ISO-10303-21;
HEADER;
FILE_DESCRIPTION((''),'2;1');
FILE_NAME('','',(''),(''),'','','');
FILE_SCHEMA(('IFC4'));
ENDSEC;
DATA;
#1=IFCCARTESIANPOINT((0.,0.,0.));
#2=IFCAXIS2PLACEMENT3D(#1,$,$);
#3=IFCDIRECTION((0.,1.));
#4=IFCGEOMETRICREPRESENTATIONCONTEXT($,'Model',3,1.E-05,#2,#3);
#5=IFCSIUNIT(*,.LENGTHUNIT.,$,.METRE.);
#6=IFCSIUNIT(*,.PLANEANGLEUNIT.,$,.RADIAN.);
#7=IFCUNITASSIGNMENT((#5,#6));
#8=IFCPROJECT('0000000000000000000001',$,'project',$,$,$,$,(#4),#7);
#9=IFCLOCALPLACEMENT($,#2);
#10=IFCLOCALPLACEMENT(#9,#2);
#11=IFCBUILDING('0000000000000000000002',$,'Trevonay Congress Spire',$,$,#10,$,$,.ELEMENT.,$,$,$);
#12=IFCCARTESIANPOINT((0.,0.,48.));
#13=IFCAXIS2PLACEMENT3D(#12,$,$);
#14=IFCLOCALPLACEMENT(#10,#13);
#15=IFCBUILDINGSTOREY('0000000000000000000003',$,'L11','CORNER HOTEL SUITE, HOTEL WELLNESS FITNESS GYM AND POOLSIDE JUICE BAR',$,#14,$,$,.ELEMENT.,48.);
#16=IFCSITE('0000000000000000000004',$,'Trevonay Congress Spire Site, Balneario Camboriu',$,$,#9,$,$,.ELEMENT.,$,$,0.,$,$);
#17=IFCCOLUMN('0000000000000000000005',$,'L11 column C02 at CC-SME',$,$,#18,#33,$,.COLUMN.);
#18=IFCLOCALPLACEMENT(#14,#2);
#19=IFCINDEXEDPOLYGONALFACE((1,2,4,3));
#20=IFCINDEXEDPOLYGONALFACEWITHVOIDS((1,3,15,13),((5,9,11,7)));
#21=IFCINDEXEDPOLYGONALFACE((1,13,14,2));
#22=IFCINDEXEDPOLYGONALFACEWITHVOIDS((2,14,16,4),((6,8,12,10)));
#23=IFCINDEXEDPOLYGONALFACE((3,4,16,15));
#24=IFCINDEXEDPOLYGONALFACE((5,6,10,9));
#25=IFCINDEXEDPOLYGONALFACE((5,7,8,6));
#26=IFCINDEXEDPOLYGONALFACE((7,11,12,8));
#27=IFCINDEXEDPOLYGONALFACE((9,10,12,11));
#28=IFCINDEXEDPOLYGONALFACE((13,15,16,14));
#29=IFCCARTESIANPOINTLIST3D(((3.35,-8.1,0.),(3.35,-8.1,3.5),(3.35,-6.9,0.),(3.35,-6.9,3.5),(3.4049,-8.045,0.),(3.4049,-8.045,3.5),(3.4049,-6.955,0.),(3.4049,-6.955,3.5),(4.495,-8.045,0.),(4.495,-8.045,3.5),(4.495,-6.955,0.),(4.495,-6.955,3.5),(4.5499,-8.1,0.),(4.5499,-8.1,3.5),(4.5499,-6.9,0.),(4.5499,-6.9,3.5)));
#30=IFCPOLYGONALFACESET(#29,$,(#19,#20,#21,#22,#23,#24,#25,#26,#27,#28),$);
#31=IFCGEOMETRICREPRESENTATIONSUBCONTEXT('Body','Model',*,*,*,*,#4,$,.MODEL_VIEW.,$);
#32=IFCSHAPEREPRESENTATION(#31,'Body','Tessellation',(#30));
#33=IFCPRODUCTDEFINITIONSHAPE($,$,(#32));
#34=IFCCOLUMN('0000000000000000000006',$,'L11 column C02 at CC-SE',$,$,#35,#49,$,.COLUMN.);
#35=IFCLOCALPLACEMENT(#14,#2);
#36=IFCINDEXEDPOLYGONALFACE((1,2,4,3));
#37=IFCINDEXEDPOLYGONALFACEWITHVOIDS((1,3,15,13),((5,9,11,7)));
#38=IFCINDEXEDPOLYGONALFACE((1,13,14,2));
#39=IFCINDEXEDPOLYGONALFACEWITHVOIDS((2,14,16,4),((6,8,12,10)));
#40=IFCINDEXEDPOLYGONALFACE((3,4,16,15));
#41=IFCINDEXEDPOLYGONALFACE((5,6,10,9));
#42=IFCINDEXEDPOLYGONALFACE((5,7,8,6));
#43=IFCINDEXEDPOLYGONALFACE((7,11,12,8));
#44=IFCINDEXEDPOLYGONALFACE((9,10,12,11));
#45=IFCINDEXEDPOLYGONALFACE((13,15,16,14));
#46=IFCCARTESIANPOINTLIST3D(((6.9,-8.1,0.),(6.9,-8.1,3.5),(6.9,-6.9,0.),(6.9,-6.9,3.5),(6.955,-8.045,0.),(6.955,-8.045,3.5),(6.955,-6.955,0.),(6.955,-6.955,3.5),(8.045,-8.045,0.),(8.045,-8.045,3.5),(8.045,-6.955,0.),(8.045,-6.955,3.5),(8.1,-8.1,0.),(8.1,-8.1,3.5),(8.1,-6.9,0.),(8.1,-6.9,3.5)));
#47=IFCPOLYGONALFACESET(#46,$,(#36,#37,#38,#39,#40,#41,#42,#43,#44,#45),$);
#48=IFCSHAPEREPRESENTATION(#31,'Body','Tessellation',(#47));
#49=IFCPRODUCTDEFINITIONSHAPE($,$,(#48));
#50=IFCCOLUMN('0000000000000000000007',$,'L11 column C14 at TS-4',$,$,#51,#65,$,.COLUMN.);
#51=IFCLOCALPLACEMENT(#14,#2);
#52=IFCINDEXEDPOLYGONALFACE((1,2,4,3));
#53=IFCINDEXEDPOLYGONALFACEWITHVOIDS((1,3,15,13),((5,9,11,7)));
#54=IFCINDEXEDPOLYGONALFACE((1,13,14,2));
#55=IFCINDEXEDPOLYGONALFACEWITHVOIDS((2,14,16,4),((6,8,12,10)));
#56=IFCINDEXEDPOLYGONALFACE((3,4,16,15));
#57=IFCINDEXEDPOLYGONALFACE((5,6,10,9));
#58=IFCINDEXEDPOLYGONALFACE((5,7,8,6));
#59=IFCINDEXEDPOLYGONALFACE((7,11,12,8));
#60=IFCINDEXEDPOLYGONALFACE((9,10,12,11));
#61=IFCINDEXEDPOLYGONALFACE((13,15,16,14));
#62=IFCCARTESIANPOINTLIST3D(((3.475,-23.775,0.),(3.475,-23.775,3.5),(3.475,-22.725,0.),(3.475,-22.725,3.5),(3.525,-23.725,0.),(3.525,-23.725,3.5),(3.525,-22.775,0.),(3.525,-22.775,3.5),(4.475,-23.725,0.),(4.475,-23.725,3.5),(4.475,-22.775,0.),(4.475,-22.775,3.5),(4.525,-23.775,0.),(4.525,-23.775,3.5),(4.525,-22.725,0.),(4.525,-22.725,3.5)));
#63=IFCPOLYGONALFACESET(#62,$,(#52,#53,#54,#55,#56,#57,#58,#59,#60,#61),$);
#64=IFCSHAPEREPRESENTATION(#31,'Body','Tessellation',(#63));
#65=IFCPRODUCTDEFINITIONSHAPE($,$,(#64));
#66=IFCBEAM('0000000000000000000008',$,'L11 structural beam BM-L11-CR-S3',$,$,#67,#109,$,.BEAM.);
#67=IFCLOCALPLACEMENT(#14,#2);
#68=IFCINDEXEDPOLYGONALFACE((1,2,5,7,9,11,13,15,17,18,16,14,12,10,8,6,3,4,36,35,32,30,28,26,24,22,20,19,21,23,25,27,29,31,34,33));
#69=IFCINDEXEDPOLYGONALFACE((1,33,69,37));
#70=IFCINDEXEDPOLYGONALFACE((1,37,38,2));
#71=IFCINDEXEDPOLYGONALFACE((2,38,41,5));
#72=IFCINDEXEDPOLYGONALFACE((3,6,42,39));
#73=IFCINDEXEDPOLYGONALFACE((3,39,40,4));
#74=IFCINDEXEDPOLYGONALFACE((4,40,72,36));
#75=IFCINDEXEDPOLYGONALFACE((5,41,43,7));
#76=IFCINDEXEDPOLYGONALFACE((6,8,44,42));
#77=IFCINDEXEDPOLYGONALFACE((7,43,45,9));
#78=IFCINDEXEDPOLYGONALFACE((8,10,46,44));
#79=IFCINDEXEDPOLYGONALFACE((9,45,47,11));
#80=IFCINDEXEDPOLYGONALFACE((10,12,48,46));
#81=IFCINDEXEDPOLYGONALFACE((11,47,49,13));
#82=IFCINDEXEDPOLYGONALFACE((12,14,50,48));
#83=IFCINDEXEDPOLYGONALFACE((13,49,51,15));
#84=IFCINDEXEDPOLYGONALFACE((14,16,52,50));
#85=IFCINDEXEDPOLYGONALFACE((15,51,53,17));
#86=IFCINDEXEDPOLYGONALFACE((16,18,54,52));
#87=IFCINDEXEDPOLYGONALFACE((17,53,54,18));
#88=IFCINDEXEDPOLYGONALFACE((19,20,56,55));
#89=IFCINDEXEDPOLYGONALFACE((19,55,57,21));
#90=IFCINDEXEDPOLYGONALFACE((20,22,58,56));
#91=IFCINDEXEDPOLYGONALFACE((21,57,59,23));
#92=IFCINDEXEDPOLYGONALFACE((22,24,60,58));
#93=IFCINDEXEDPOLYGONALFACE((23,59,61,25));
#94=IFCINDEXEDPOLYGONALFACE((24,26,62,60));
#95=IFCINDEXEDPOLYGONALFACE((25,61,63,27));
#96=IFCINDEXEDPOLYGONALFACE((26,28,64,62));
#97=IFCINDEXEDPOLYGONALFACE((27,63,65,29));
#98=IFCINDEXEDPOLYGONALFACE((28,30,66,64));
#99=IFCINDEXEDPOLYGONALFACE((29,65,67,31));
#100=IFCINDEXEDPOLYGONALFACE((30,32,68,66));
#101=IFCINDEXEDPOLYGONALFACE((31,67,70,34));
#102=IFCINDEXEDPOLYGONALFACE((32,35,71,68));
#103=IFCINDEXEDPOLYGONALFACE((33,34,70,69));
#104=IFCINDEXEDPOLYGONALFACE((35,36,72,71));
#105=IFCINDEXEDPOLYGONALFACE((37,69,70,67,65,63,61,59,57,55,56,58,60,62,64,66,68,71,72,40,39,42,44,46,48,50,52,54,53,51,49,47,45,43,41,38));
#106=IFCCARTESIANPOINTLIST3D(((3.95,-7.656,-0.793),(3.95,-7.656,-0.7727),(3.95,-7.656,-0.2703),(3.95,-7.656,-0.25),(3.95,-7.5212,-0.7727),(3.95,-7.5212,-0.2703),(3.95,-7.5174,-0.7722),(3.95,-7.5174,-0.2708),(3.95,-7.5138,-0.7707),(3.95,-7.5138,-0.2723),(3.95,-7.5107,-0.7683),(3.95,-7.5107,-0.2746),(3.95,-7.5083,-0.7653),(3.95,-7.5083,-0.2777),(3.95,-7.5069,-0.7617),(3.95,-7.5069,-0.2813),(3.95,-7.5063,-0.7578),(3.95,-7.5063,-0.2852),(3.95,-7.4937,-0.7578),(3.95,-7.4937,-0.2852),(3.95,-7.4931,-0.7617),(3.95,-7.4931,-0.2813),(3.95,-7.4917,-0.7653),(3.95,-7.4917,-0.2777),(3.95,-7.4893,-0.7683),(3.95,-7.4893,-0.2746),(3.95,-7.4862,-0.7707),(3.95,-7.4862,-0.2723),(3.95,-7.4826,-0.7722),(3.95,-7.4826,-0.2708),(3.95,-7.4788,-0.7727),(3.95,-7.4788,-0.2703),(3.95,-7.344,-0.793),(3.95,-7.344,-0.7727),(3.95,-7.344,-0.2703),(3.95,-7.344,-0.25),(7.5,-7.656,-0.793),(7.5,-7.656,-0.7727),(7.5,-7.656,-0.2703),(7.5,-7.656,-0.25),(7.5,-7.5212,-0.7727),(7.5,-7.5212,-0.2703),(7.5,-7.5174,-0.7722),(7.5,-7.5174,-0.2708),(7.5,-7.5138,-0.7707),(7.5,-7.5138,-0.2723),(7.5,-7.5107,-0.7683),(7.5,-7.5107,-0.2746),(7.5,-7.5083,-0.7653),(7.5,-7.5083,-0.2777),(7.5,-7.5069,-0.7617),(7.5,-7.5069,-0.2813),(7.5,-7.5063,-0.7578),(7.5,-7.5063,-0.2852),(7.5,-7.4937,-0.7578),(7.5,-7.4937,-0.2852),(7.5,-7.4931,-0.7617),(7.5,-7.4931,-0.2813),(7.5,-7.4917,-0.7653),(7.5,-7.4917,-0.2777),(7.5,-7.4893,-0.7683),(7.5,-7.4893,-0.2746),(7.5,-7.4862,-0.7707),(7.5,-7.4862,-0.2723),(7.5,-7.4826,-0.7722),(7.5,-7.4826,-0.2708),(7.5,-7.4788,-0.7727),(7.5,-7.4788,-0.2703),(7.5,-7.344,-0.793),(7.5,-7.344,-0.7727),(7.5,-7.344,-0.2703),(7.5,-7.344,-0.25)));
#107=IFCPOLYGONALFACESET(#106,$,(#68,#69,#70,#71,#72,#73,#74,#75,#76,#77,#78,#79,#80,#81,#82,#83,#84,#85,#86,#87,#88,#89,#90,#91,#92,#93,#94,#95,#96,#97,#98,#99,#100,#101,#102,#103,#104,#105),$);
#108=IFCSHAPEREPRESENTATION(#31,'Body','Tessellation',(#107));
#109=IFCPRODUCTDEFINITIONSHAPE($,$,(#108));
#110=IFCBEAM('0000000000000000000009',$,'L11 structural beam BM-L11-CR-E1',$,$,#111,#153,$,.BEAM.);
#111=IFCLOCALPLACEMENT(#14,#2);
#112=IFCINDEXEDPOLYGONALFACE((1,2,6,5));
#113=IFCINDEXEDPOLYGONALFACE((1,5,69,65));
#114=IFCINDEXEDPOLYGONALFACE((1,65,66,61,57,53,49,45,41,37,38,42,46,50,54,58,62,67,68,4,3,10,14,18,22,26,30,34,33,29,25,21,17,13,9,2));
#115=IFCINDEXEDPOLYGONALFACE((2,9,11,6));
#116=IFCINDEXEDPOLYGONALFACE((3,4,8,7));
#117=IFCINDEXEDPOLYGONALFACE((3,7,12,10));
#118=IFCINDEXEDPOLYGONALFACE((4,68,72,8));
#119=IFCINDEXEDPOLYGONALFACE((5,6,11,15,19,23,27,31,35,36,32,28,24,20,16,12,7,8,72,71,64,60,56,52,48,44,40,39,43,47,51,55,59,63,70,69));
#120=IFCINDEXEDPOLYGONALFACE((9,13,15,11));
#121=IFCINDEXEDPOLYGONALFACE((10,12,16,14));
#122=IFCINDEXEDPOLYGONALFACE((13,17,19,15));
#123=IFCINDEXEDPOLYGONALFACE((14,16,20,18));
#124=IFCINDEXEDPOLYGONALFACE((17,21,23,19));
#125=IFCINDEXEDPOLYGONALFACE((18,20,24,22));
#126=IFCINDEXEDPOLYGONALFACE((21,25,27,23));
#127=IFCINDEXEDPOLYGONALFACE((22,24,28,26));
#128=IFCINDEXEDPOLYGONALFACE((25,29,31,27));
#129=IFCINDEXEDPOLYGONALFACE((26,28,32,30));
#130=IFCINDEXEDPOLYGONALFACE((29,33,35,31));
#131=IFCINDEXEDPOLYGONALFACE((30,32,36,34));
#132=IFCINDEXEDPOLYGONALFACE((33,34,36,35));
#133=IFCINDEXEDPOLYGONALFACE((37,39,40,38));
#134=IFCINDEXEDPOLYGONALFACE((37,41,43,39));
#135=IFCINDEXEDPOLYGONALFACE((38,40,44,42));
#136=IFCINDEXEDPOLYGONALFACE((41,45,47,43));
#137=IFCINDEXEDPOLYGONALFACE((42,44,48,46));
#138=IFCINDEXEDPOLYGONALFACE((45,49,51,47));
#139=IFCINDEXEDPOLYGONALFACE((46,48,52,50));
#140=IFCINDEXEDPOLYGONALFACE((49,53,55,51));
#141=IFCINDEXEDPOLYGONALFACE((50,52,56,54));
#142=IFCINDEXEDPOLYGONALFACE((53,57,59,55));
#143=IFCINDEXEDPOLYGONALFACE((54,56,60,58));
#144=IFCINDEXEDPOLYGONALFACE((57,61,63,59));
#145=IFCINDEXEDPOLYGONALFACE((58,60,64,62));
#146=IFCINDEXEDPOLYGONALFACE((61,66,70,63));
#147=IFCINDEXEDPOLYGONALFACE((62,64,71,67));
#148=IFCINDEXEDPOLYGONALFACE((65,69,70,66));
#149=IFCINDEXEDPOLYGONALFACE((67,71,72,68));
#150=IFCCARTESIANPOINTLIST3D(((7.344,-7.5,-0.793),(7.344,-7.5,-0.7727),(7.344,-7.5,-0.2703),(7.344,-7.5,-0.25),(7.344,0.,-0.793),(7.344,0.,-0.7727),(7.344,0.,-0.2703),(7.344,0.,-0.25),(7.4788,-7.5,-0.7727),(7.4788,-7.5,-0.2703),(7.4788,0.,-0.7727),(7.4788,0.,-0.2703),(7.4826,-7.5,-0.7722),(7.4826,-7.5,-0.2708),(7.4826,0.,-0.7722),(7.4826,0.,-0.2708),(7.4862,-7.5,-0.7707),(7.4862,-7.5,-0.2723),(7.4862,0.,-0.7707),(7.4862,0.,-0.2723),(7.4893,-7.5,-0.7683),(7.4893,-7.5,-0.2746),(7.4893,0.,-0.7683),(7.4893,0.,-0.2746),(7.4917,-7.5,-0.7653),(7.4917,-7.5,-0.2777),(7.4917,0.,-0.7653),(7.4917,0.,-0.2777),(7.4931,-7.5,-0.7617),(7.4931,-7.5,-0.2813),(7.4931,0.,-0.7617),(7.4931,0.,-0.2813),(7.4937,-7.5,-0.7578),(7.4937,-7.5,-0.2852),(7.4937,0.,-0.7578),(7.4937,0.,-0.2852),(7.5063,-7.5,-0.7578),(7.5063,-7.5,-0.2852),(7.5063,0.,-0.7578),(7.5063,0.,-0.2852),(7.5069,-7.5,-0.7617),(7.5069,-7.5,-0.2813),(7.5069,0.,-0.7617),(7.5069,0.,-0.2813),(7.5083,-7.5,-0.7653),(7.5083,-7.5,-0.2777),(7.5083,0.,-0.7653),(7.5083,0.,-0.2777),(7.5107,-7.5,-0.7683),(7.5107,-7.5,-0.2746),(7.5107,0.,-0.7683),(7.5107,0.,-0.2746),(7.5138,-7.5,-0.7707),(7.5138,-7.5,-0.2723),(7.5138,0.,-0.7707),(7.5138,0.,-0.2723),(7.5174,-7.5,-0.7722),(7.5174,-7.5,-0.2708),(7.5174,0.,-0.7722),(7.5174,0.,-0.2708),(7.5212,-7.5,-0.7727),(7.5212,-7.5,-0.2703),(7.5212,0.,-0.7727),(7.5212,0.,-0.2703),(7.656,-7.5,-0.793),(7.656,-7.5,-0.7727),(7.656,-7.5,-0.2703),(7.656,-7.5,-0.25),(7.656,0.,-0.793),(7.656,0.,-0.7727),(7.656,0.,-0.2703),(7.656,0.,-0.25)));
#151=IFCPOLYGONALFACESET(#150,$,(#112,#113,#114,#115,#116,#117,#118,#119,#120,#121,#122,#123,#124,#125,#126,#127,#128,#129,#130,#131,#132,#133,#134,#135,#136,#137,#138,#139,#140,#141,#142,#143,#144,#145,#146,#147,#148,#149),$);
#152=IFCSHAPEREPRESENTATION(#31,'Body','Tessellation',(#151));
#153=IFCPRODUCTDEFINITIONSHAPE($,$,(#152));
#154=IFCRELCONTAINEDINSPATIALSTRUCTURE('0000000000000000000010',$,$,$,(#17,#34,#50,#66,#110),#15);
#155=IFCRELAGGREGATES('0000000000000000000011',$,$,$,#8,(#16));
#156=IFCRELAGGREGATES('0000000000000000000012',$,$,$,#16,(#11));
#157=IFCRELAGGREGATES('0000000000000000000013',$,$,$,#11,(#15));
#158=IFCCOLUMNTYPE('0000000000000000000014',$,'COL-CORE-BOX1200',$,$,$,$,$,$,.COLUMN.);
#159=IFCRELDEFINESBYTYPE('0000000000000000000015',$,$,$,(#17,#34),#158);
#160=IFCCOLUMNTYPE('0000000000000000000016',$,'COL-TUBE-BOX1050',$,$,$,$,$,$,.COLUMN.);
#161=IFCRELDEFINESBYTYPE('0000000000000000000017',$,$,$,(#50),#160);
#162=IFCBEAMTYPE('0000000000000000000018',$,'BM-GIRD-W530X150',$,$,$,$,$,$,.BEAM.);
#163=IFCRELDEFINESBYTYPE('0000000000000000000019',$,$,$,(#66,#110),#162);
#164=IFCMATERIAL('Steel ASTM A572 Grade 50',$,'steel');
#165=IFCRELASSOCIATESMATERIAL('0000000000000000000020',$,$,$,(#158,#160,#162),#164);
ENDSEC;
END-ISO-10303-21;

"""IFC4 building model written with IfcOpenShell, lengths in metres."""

from ifc_helpers import new_model, si_unit, direction, frame, origin, origin_2d, place, context, subcontext, project, spatial, hollow_rectangle, i_section, extrude, material, material_profile, profile_set, type_object, element, save


model = new_model("IFC4")

# Units and contexts
model_context = context("Model", 3, precision=1e-05, world=origin(), true_north=direction((0.0, 1.0)))
body_context = subcontext(model_context, "Body", "Model", "MODEL_VIEW")
ifc_project = project(units=[si_unit("LENGTHUNIT", "METRE"), si_unit("PLANEANGLEUNIT", "RADIAN")], contexts=[model_context])

# Site, building, storey
site_placement = place(None, origin())
site = spatial("IfcSite", under=ifc_project, at=site_placement, Name="Trevonay Congress Spire Site, Balneario Camboriu", CompositionType="ELEMENT", RefElevation=0.0)
building_placement = place(site_placement, origin())
building = spatial("IfcBuilding", under=site, at=building_placement, Name="Trevonay Congress Spire", CompositionType="ELEMENT")
storey_placement = place(building_placement, frame((0.0, 0.0, 48.0)))
storey = spatial("IfcBuildingStorey", under=building, at=storey_placement, Name="L11", Description="CORNER HOTEL SUITE, HOTEL WELLNESS FITNESS GYM AND POOLSIDE JUICE BAR", CompositionType="ELEMENT", Elevation=48.0)

# Columns
ifc_material_1 = material(Name="Steel ASTM A572 Grade 50", Category="steel")
ifc_material_profile_1 = material_profile(ifc_material_1, hollow_rectangle(XDim=1.2, YDim=1.2, WallThickness=0.0549, at=origin_2d()), Name="BOX 1200x1200x55")
ifc_profile_set_1 = profile_set([ifc_material_profile_1], Name="Steel ASTM A572 Grade 50")
column_type_1 = type_object("IfcColumnType", Name="COL-CORE-BOX1200", PredefinedType="COLUMN", material=ifc_profile_set_1)
for number, where, z_axis, x_axis, name in (
    (1, (3.95, -7.5, 0.0), (0.0, 0.0, 1.0), (1.0, 0.0, 0.0), "L11 column C02 at CC-SME"),
    (2, (7.5, -7.5, 0.0), (0.0, 0.0, 1.0), (1.0, 0.0, 0.0), "L11 column C02 at CC-SE"),
):
    element("IfcColumn", number, at=place(storey_placement, frame(where, z_axis=z_axis, x_axis=x_axis)), inside=storey, type_object=column_type_1, Name=name, PredefinedType="COLUMN", context=body_context, shape_type="SweptSolid", body=[
        extrude(hollow_rectangle(XDim=1.2, YDim=1.2, WallThickness=0.0549, at=origin_2d()), origin(), (0.0, 0.0, 1.0), 3.5),
    ])
ifc_material_profile_2 = material_profile(ifc_material_1, hollow_rectangle(XDim=1.05, YDim=1.05, WallThickness=0.05, at=origin_2d()), Name="BOX 1050x1050x50")
ifc_profile_set_2 = profile_set([ifc_material_profile_2], Name="Steel ASTM A572 Grade 50")
column_type_2 = type_object("IfcColumnType", Name="COL-TUBE-BOX1050", PredefinedType="COLUMN", material=ifc_profile_set_2)
column_placement = place(storey_placement, frame((4.0, -23.25, 0.0), z_axis=(0.0, 0.0, 1.0), x_axis=(1.0, 0.0, 0.0)))
element("IfcColumn", 3, at=column_placement, inside=storey, type_object=column_type_2, Name="L11 column C14 at TS-4", PredefinedType="COLUMN", context=body_context, shape_type="SweptSolid", body=[
    extrude(hollow_rectangle(XDim=1.05, YDim=1.05, WallThickness=0.05, at=origin_2d()), origin(), (0.0, 0.0, 1.0), 3.5),
])

# Beams
ifc_material_profile_3 = material_profile(ifc_material_1, i_section(OverallWidth=0.312, OverallDepth=0.543, WebThickness=0.0127, FlangeThickness=0.0203, FilletRadius=0.0149, at=origin_2d()), Name="W530x150")
ifc_profile_set_3 = profile_set([ifc_material_profile_3], Name="Steel ASTM A572 Grade 50")
beam_type_1 = type_object("IfcBeamType", Name="BM-GIRD-W530X150", PredefinedType="BEAM", material=ifc_profile_set_3)
beam_1_placement = place(storey_placement, frame((3.95, -7.5, -0.5215), z_axis=(1.0, 0.0, 0.0), x_axis=(0.0, 1.0, 0.0)))
element("IfcBeam", 4, at=beam_1_placement, inside=storey, type_object=beam_type_1, Name="L11 structural beam BM-L11-CR-S3", PredefinedType="BEAM", context=body_context, shape_type="SweptSolid", body=[
    extrude(i_section(OverallWidth=0.312, OverallDepth=0.543, WebThickness=0.0127, FlangeThickness=0.0203, FilletRadius=0.0149, at=origin_2d()), origin(), (0.0, 0.0, 1.0), 3.55),
])
beam_2_placement = place(storey_placement, frame((7.5, -7.5, -0.5215), z_axis=(0.0, 1.0, 0.0), x_axis=(-1.0, 0.0, 0.0)))
element("IfcBeam", 5, at=beam_2_placement, inside=storey, type_object=beam_type_1, Name="L11 structural beam BM-L11-CR-E1", PredefinedType="BEAM", context=body_context, shape_type="SweptSolid", body=[
    extrude(i_section(OverallWidth=0.312, OverallDepth=0.543, WebThickness=0.0127, FlangeThickness=0.0203, FilletRadius=0.0149, at=origin_2d()), origin(), (0.0, 0.0, 1.0), 7.5),
])

save(model, "model.ifc")
